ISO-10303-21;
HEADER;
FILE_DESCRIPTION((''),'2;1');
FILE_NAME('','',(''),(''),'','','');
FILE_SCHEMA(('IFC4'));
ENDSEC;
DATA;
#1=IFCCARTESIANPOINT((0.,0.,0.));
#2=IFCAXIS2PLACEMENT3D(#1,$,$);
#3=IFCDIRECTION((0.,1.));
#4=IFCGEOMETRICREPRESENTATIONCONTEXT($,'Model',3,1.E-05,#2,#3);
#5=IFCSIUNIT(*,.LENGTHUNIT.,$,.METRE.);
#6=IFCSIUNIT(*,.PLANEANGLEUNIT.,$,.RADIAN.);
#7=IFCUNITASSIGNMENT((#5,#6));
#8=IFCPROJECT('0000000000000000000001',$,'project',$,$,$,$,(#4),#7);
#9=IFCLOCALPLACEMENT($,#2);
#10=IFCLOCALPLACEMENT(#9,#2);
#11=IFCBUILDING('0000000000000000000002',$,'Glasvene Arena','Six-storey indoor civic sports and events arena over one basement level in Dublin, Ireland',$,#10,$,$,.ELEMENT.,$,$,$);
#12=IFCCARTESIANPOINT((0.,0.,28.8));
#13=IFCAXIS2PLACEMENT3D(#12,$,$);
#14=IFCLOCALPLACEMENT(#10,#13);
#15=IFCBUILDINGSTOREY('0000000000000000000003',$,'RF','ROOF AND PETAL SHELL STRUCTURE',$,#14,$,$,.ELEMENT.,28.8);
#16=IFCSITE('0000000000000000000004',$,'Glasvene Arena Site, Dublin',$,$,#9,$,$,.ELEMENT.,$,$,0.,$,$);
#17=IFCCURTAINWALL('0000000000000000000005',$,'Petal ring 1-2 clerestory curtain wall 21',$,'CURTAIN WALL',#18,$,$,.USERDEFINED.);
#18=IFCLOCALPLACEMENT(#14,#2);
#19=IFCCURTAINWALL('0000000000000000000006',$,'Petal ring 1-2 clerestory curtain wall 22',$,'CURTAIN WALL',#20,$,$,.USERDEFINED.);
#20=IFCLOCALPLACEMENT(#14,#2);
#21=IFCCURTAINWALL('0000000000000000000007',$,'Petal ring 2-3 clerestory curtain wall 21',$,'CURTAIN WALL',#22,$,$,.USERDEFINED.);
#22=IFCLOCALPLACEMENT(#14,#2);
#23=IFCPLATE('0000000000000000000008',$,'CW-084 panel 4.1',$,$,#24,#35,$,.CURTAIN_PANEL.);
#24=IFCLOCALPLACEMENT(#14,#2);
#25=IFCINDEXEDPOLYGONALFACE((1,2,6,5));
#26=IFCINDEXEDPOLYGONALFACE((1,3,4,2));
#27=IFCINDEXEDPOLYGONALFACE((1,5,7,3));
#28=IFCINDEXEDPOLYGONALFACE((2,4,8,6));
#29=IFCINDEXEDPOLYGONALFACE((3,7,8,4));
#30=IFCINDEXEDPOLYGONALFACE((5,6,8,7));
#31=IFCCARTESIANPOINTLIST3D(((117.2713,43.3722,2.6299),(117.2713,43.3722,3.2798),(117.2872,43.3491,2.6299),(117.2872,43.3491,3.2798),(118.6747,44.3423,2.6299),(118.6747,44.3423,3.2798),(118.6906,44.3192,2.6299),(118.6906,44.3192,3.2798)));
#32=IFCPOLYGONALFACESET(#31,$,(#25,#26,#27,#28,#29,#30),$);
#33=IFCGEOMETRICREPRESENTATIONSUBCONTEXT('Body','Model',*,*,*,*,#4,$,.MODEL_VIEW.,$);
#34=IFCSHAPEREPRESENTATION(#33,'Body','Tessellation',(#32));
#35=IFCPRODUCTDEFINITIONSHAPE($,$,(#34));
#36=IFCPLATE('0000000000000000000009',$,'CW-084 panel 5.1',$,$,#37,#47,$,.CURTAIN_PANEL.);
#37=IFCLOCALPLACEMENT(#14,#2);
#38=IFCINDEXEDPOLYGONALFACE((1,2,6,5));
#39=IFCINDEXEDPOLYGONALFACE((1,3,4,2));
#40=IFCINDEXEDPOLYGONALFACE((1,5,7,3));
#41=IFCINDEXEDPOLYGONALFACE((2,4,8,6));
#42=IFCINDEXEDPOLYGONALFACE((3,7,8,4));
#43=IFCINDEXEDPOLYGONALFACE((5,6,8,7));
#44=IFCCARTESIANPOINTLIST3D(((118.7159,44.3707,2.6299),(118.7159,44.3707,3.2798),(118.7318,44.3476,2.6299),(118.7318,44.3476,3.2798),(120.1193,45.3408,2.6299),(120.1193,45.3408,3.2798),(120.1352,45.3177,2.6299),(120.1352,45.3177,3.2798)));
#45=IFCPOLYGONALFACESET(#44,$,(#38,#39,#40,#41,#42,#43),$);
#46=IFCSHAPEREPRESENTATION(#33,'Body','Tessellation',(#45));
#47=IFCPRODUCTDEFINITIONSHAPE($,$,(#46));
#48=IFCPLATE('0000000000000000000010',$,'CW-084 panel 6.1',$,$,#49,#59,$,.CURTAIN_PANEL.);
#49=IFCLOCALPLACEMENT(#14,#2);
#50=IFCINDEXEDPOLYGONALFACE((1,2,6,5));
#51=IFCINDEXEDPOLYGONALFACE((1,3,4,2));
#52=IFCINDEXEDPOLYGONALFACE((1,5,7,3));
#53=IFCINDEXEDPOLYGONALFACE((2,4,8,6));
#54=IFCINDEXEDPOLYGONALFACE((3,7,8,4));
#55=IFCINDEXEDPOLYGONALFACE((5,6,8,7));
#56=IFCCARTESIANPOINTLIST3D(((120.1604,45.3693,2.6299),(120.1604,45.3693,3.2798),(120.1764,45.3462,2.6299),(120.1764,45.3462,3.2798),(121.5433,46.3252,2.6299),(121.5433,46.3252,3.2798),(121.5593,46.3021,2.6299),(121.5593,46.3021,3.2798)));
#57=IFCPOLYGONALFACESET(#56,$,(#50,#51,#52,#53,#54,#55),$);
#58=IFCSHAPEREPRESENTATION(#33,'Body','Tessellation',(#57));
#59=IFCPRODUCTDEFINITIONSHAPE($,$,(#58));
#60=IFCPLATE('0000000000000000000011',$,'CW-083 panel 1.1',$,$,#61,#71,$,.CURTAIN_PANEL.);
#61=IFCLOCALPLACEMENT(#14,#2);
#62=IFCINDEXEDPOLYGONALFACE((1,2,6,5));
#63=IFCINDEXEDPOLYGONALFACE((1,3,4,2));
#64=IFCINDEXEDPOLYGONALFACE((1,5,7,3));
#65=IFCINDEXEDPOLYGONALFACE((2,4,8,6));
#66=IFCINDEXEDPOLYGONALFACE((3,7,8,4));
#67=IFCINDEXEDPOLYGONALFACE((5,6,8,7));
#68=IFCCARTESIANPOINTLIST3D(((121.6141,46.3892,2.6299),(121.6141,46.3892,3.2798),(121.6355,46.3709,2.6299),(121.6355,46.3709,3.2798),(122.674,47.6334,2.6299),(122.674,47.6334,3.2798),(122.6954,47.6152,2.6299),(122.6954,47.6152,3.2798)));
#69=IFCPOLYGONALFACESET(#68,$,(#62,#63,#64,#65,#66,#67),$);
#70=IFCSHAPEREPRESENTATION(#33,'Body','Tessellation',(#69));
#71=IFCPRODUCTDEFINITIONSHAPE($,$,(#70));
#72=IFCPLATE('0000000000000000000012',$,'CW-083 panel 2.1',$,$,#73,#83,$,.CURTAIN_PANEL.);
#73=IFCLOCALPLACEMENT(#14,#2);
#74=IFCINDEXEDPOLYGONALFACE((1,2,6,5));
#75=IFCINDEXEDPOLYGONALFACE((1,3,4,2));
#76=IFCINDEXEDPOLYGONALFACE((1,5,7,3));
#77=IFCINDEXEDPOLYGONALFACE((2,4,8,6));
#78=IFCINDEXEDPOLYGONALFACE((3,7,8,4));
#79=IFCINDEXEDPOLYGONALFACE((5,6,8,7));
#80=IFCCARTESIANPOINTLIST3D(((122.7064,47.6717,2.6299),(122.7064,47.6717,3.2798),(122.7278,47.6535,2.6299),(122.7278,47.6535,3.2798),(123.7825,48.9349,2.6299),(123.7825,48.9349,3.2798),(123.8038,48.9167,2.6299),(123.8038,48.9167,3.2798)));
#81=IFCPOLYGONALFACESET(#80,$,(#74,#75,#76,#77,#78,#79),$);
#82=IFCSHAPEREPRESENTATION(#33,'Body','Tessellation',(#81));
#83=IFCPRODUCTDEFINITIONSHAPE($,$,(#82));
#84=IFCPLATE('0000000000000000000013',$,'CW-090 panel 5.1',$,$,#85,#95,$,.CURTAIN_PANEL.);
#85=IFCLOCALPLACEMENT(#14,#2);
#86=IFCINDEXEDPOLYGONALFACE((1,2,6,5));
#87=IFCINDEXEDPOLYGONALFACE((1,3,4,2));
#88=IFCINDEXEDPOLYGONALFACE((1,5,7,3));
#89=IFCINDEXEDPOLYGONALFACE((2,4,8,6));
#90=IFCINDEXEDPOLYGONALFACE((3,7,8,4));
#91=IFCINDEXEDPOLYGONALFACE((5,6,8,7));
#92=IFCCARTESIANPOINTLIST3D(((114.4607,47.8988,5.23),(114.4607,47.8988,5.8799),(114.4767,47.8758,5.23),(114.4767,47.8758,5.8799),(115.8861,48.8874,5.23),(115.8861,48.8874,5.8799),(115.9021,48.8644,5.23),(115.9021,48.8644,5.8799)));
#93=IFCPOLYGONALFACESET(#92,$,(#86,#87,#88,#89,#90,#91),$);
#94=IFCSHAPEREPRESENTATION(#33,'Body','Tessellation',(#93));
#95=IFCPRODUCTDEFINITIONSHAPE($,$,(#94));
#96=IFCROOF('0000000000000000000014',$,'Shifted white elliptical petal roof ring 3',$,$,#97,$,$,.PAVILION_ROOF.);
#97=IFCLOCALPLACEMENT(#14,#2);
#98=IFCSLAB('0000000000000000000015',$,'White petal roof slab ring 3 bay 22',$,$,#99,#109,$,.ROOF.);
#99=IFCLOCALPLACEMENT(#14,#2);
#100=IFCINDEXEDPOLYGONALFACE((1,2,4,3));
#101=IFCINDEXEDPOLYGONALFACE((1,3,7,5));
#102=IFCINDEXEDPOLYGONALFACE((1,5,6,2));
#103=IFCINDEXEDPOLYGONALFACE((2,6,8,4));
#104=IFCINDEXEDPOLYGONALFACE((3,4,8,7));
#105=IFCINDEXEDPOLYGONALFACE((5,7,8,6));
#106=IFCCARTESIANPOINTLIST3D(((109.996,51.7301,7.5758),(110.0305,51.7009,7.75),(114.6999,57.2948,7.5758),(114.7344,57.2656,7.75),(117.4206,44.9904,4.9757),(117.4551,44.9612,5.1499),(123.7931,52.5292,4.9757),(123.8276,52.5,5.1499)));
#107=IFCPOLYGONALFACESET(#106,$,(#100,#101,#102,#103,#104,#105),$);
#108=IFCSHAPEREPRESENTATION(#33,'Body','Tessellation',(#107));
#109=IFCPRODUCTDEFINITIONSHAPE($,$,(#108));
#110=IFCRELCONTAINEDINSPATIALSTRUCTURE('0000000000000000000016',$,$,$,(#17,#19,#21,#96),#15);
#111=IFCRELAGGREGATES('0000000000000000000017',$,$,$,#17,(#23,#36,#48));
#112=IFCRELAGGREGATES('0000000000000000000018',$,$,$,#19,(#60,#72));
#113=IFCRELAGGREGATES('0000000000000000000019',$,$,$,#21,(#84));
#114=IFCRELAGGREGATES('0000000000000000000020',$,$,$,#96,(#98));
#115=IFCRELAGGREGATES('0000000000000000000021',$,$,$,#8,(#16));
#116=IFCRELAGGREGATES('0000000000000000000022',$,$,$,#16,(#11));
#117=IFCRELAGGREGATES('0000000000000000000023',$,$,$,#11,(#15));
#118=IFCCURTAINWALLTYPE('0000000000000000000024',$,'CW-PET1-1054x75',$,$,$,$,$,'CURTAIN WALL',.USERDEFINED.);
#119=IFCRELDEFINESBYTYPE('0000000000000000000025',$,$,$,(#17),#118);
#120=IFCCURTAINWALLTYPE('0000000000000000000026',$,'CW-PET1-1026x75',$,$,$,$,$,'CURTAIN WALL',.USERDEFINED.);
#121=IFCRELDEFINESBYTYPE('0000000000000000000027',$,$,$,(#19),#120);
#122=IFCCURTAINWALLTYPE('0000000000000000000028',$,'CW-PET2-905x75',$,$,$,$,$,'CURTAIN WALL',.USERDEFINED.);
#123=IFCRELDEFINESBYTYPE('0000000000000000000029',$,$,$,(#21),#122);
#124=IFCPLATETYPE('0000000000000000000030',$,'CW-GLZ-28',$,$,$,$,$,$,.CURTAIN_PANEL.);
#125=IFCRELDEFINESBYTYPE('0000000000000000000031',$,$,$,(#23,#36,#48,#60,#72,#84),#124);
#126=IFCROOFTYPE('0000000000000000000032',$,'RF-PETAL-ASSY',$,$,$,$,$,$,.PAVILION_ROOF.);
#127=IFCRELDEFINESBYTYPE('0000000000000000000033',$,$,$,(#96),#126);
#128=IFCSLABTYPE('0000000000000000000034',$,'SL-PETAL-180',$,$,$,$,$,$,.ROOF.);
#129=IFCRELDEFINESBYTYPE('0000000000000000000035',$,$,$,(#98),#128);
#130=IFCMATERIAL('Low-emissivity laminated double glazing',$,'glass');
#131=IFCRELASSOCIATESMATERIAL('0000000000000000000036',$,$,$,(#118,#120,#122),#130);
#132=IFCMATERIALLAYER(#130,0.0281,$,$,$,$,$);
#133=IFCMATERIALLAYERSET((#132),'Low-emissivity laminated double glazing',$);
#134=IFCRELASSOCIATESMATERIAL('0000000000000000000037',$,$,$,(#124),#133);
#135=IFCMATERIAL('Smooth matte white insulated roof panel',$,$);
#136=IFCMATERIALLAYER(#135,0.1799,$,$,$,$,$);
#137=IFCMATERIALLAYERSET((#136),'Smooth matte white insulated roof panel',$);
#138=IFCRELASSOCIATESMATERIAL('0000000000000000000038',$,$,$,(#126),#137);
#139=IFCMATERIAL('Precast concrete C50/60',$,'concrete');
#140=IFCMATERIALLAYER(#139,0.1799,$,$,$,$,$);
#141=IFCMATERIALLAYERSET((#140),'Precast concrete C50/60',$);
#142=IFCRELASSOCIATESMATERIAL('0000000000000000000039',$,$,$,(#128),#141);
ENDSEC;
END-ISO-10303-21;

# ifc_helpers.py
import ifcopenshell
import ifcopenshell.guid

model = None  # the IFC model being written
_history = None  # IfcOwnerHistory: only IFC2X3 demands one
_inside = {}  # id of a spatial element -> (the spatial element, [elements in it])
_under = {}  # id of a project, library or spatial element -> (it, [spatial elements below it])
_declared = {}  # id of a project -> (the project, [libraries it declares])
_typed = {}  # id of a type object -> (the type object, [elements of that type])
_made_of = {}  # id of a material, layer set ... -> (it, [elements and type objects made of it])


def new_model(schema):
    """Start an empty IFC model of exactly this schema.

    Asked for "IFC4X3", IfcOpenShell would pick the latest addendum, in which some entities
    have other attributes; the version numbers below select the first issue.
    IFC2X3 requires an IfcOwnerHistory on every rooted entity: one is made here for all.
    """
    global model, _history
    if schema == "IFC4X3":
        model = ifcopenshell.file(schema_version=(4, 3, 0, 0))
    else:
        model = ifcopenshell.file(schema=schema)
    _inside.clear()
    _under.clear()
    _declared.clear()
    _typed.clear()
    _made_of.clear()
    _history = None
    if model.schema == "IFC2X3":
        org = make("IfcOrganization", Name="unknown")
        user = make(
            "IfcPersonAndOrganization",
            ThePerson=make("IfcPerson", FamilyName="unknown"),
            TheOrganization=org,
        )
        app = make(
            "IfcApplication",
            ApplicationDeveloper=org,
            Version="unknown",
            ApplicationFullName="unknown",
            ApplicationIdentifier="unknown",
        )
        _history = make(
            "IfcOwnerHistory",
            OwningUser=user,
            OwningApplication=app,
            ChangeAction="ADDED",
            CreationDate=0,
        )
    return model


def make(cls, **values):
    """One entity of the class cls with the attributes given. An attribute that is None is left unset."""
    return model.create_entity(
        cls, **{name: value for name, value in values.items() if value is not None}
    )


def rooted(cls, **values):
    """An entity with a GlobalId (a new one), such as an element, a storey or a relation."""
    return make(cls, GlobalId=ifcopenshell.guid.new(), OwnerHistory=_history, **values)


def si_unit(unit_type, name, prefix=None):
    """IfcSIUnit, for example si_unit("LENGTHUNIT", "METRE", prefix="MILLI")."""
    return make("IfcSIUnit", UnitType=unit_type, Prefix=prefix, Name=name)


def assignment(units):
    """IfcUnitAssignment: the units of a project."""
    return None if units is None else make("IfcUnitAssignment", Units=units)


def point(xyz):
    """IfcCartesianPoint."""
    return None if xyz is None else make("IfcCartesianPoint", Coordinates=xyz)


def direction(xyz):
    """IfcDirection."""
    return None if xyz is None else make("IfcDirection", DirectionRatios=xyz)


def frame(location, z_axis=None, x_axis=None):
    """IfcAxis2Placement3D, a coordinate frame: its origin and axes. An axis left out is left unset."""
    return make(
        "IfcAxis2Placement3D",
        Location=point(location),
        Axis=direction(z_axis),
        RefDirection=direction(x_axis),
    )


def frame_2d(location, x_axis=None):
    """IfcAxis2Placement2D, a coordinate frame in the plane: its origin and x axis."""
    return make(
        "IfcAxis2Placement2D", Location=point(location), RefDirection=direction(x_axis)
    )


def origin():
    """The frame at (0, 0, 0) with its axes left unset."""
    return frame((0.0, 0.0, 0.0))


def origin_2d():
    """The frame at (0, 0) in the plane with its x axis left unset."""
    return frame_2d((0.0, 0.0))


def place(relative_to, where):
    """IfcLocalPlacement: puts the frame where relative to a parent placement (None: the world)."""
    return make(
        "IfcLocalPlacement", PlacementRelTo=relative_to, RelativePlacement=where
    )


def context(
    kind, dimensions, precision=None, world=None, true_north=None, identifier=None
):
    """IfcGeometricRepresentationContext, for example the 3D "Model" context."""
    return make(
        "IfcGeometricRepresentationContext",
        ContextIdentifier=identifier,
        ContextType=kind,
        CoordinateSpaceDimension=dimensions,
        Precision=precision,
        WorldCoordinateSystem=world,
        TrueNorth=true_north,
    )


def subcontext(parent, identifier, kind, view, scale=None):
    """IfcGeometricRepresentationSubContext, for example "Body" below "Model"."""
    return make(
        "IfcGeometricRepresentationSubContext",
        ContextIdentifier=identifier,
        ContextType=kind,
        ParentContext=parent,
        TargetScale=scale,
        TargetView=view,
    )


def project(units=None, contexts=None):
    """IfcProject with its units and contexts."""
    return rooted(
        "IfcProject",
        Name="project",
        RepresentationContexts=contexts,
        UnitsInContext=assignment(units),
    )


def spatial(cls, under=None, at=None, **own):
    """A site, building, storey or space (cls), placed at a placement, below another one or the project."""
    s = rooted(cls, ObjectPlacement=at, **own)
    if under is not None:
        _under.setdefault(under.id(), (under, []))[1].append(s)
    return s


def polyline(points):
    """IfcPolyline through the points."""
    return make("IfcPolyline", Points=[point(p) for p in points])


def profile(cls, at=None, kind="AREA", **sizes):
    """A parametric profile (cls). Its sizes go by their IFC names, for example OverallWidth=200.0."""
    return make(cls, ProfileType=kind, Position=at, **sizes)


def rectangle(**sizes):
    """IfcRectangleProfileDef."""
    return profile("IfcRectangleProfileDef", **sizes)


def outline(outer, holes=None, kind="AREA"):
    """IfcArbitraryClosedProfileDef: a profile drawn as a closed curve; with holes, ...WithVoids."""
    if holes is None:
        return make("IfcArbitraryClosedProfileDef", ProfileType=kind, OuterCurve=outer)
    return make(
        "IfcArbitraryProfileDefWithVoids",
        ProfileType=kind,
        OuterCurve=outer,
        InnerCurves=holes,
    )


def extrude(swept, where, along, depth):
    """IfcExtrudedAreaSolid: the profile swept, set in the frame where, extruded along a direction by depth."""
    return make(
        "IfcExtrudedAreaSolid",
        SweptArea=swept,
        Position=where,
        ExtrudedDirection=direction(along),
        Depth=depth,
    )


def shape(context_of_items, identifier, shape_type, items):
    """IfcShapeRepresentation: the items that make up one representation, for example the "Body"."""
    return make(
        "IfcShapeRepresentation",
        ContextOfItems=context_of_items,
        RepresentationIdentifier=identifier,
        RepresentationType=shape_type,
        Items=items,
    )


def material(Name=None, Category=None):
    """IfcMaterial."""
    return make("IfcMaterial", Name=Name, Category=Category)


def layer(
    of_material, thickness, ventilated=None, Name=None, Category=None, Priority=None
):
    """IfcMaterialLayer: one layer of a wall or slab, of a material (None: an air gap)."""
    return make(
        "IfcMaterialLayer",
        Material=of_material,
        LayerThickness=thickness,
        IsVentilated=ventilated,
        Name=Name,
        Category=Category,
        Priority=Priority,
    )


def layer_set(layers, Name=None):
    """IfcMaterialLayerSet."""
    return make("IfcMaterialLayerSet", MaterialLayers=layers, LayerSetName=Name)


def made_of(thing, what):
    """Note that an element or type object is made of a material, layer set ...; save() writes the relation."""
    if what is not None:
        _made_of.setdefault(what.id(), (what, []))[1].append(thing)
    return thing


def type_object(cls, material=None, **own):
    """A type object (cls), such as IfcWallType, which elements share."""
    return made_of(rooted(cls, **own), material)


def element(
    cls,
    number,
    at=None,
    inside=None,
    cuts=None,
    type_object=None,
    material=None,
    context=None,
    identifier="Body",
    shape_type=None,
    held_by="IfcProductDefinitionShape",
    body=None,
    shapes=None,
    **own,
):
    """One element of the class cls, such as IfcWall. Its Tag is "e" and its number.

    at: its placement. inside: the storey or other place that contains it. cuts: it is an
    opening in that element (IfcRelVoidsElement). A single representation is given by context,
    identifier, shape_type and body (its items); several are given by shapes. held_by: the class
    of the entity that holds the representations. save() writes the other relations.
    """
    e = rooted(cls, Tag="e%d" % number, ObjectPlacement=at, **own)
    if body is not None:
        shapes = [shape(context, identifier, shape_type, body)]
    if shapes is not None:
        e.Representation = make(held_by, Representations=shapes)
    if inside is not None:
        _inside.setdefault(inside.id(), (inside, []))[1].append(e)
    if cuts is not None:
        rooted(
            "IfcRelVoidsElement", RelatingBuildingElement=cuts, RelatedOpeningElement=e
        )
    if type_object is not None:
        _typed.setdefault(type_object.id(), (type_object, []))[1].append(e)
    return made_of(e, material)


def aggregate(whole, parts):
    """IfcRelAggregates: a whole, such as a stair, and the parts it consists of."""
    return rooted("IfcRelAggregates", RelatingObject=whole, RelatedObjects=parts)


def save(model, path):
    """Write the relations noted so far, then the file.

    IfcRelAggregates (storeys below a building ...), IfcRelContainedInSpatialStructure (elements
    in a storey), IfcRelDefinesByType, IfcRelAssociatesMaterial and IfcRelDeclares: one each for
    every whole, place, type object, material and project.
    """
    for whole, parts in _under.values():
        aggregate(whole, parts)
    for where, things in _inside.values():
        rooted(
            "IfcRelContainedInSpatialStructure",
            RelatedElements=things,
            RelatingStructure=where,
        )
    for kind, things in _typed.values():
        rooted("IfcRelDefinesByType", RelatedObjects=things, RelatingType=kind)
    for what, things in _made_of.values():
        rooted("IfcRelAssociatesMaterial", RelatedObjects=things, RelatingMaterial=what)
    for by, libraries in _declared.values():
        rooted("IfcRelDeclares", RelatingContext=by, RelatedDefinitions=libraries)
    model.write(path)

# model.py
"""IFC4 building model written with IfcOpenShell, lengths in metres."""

from ifc_helpers import new_model, si_unit, direction, frame, origin, origin_2d, place, context, subcontext, project, spatial, polyline, rectangle, outline, extrude, material, layer, layer_set, type_object, element, aggregate, save


model = new_model("IFC4")

# Units and contexts
model_context = context("Model", 3, precision=1e-05, world=origin(), true_north=direction((0.0, 1.0)))
body_context = subcontext(model_context, "Body", "Model", "MODEL_VIEW")
ifc_project = project(units=[si_unit("LENGTHUNIT", "METRE"), si_unit("PLANEANGLEUNIT", "RADIAN")], contexts=[model_context])

# Site, building, storey
site_placement = place(None, origin())
site = spatial("IfcSite", under=ifc_project, at=site_placement, Name="Glasvene Arena Site, Dublin", CompositionType="ELEMENT", RefElevation=0.0)
building_placement = place(site_placement, origin())
building = spatial("IfcBuilding", under=site, at=building_placement, Name="Glasvene Arena", Description="Six-storey indoor civic sports and events arena over one basement level in Dublin, Ireland", CompositionType="ELEMENT")
storey_placement = place(building_placement, frame((0.0, 0.0, 28.8)))
storey = spatial("IfcBuildingStorey", under=building, at=storey_placement, Name="RF", Description="ROOF AND PETAL SHELL STRUCTURE", CompositionType="ELEMENT", Elevation=28.8)

# Curtain walls
ifc_material_1 = material(Name="Low-emissivity laminated double glazing", Category="glass")
curtain_wall_type_1 = type_object("IfcCurtainWallType", Name="CW-PET1-1054x75", ElementType="CURTAIN WALL", PredefinedType="USERDEFINED", material=ifc_material_1)
curtain_wall_1_placement = place(storey_placement, frame((112.925, 40.3508, 0.0)))
curtain_wall_1 = element("IfcCurtainWall", 1, at=curtain_wall_1_placement, inside=storey, type_object=curtain_wall_type_1, Name="Petal ring 1-2 clerestory curtain wall 21", ObjectType="CURTAIN WALL", PredefinedType="USERDEFINED")
curtain_wall_type_2 = type_object("IfcCurtainWallType", Name="CW-PET1-1026x75", ElementType="CURTAIN WALL", PredefinedType="USERDEFINED", material=ifc_material_1)
curtain_wall_2_placement = place(storey_placement, frame((121.5923, 46.342, 0.0)))
curtain_wall_2 = element("IfcCurtainWall", 2, at=curtain_wall_2_placement, inside=storey, type_object=curtain_wall_type_2, Name="Petal ring 1-2 clerestory curtain wall 22", ObjectType="CURTAIN WALL", PredefinedType="USERDEFINED")

# Curtain wall
curtain_wall_type_3 = type_object("IfcCurtainWallType", Name="CW-PET2-905x75", ElementType="CURTAIN WALL", PredefinedType="USERDEFINED", material=ifc_material_1)
curtain_wall_3_placement = place(storey_placement, frame((108.5, 43.7476, 0.0)))
curtain_wall_3 = element("IfcCurtainWall", 3, at=curtain_wall_3_placement, inside=storey, type_object=curtain_wall_type_3, Name="Petal ring 2-3 clerestory curtain wall 21", ObjectType="CURTAIN WALL", PredefinedType="USERDEFINED")

# Plates
ifc_layer_1 = layer(ifc_material_1, 0.0281)
ifc_layer_set_1 = layer_set([ifc_layer_1], Name="Low-emissivity laminated double glazing")
plate_type = type_object("IfcPlateType", Name="CW-GLZ-28", PredefinedType="CURTAIN_PANEL", material=ifc_layer_set_1)
plate_1_placement = place(storey_placement, frame((117.981, 43.8457, 2.6299), z_axis=(0.0, 0.0, 1.0), x_axis=(0.822601, 0.568619, 0.0)))
plate_1 = element("IfcPlate", 4, at=plate_1_placement, type_object=plate_type, Name="CW-084 panel 4.1", PredefinedType="CURTAIN_PANEL", context=body_context, shape_type="SweptSolid", body=[
    extrude(rectangle(XDim=1.7061, YDim=0.0281, at=origin_2d()), origin(), (0.0, 0.0, 1.0), 0.6499),
])
plate_2_placement = place(storey_placement, frame((119.4255, 44.8442, 2.6299), z_axis=(0.0, 0.0, 1.0), x_axis=(0.822601, 0.568619, 0.0)))
plate_2 = element("IfcPlate", 5, at=plate_2_placement, type_object=plate_type, Name="CW-084 panel 5.1", PredefinedType="CURTAIN_PANEL", context=body_context, shape_type="SweptSolid", body=[
    extrude(rectangle(XDim=1.7061, YDim=0.0281, at=origin_2d()), origin(), (0.0, 0.0, 1.0), 0.6499),
])
plate_3_placement = place(storey_placement, frame((120.8599, 45.8357, 2.6299), z_axis=(0.0, 0.0, 1.0), x_axis=(0.822601, 0.568619, 0.0)))
plate_3 = element("IfcPlate", 6, at=plate_3_placement, type_object=plate_type, Name="CW-084 panel 6.1", PredefinedType="CURTAIN_PANEL", context=body_context, shape_type="SweptSolid", body=[
    extrude(rectangle(XDim=1.6812, YDim=0.0281, at=origin_2d()), origin(), (0.0, 0.0, 1.0), 0.6499),
])
aggregate(curtain_wall_1, [plate_1, plate_2, plate_3])
plate_4_placement = place(storey_placement, frame((122.1548, 47.0022, 2.6299), z_axis=(0.0, 0.0, 1.0), x_axis=(0.648445, 0.761261, 0.0)))
plate_4 = element("IfcPlate", 7, at=plate_4_placement, type_object=plate_type, Name="CW-083 panel 1.1", PredefinedType="CURTAIN_PANEL", context=body_context, shape_type="SweptSolid", body=[
    extrude(rectangle(XDim=1.6345, YDim=0.0281, at=origin_2d()), origin(), (0.0, 0.0, 1.0), 0.6499),
])
plate_5_placement = place(storey_placement, frame((123.2551, 48.2942, 2.6299), z_axis=(0.0, 0.0, 1.0), x_axis=(0.648445, 0.761261, 0.0)))
plate_5 = element("IfcPlate", 8, at=plate_5_placement, type_object=plate_type, Name="CW-083 panel 2.1", PredefinedType="CURTAIN_PANEL", context=body_context, shape_type="SweptSolid", body=[
    extrude(rectangle(XDim=1.6594, YDim=0.0281, at=origin_2d()), origin(), (0.0, 0.0, 1.0), 0.6499),
])
aggregate(curtain_wall_2, [plate_4, plate_5])
plate_6_placement = place(storey_placement, frame((115.1814, 48.3816, 5.23), z_axis=(0.0, 0.0, 1.0), x_axis=(0.821699, 0.569921, 0.0)))
plate_6 = element("IfcPlate", 9, at=plate_6_placement, type_object=plate_type, Name="CW-090 panel 5.1", PredefinedType="CURTAIN_PANEL", context=body_context, shape_type="SweptSolid", body=[
    extrude(rectangle(XDim=1.7346, YDim=0.0281, at=origin_2d()), origin(), (0.0, 0.0, 1.0), 0.6499),
])
aggregate(curtain_wall_3, [plate_6])

# Roof, slab
ifc_material_2 = material(Name="Smooth matte white insulated roof panel")
ifc_layer_2 = layer(ifc_material_2, 0.1799)
ifc_layer_set_2 = layer_set([ifc_layer_2], Name="Smooth matte white insulated roof panel")
roof_type = type_object("IfcRoofType", Name="RF-PETAL-ASSY", PredefinedType="PAVILION_ROOF", material=ifc_layer_set_2)
roof_placement = place(storey_placement, frame((89.1001, 70.7, 5.1499)))
roof = element("IfcRoof", 10, at=roof_placement, inside=storey, type_object=roof_type, Name="Shifted white elliptical petal roof ring 3", PredefinedType="PAVILION_ROOF")
ifc_material_3 = material(Name="Precast concrete C50/60", Category="concrete")
ifc_layer_3 = layer(ifc_material_3, 0.1799)
ifc_layer_set_3 = layer_set([ifc_layer_3], Name="Precast concrete C50/60")
slab_type = type_object("IfcSlabType", Name="SL-PETAL-180", PredefinedType="ROOF", material=ifc_layer_set_3)
slab_placement = place(storey_placement, frame((117.4551, 44.9612, 5.1499), z_axis=(0.191802, -0.162131, 0.967949), x_axis=(0.645562, 0.763708, 0.0)))
slab = element("IfcSlab", 11, at=slab_placement, type_object=slab_type, Name="White petal roof slab ring 3 bay 22", PredefinedType="ROOF", context=body_context, shape_type="SweptSolid", body=[
    extrude(outline(polyline([(0.0, 0.0), (9.8713, 0.0), (7.6406, 10.3529), (0.3542, 10.3529), (0.0, 0.0)])), origin(), (0.0, 0.0, -1.0), 0.1799),
])
aggregate(roof, [slab])

save(model, "model.ifc")
